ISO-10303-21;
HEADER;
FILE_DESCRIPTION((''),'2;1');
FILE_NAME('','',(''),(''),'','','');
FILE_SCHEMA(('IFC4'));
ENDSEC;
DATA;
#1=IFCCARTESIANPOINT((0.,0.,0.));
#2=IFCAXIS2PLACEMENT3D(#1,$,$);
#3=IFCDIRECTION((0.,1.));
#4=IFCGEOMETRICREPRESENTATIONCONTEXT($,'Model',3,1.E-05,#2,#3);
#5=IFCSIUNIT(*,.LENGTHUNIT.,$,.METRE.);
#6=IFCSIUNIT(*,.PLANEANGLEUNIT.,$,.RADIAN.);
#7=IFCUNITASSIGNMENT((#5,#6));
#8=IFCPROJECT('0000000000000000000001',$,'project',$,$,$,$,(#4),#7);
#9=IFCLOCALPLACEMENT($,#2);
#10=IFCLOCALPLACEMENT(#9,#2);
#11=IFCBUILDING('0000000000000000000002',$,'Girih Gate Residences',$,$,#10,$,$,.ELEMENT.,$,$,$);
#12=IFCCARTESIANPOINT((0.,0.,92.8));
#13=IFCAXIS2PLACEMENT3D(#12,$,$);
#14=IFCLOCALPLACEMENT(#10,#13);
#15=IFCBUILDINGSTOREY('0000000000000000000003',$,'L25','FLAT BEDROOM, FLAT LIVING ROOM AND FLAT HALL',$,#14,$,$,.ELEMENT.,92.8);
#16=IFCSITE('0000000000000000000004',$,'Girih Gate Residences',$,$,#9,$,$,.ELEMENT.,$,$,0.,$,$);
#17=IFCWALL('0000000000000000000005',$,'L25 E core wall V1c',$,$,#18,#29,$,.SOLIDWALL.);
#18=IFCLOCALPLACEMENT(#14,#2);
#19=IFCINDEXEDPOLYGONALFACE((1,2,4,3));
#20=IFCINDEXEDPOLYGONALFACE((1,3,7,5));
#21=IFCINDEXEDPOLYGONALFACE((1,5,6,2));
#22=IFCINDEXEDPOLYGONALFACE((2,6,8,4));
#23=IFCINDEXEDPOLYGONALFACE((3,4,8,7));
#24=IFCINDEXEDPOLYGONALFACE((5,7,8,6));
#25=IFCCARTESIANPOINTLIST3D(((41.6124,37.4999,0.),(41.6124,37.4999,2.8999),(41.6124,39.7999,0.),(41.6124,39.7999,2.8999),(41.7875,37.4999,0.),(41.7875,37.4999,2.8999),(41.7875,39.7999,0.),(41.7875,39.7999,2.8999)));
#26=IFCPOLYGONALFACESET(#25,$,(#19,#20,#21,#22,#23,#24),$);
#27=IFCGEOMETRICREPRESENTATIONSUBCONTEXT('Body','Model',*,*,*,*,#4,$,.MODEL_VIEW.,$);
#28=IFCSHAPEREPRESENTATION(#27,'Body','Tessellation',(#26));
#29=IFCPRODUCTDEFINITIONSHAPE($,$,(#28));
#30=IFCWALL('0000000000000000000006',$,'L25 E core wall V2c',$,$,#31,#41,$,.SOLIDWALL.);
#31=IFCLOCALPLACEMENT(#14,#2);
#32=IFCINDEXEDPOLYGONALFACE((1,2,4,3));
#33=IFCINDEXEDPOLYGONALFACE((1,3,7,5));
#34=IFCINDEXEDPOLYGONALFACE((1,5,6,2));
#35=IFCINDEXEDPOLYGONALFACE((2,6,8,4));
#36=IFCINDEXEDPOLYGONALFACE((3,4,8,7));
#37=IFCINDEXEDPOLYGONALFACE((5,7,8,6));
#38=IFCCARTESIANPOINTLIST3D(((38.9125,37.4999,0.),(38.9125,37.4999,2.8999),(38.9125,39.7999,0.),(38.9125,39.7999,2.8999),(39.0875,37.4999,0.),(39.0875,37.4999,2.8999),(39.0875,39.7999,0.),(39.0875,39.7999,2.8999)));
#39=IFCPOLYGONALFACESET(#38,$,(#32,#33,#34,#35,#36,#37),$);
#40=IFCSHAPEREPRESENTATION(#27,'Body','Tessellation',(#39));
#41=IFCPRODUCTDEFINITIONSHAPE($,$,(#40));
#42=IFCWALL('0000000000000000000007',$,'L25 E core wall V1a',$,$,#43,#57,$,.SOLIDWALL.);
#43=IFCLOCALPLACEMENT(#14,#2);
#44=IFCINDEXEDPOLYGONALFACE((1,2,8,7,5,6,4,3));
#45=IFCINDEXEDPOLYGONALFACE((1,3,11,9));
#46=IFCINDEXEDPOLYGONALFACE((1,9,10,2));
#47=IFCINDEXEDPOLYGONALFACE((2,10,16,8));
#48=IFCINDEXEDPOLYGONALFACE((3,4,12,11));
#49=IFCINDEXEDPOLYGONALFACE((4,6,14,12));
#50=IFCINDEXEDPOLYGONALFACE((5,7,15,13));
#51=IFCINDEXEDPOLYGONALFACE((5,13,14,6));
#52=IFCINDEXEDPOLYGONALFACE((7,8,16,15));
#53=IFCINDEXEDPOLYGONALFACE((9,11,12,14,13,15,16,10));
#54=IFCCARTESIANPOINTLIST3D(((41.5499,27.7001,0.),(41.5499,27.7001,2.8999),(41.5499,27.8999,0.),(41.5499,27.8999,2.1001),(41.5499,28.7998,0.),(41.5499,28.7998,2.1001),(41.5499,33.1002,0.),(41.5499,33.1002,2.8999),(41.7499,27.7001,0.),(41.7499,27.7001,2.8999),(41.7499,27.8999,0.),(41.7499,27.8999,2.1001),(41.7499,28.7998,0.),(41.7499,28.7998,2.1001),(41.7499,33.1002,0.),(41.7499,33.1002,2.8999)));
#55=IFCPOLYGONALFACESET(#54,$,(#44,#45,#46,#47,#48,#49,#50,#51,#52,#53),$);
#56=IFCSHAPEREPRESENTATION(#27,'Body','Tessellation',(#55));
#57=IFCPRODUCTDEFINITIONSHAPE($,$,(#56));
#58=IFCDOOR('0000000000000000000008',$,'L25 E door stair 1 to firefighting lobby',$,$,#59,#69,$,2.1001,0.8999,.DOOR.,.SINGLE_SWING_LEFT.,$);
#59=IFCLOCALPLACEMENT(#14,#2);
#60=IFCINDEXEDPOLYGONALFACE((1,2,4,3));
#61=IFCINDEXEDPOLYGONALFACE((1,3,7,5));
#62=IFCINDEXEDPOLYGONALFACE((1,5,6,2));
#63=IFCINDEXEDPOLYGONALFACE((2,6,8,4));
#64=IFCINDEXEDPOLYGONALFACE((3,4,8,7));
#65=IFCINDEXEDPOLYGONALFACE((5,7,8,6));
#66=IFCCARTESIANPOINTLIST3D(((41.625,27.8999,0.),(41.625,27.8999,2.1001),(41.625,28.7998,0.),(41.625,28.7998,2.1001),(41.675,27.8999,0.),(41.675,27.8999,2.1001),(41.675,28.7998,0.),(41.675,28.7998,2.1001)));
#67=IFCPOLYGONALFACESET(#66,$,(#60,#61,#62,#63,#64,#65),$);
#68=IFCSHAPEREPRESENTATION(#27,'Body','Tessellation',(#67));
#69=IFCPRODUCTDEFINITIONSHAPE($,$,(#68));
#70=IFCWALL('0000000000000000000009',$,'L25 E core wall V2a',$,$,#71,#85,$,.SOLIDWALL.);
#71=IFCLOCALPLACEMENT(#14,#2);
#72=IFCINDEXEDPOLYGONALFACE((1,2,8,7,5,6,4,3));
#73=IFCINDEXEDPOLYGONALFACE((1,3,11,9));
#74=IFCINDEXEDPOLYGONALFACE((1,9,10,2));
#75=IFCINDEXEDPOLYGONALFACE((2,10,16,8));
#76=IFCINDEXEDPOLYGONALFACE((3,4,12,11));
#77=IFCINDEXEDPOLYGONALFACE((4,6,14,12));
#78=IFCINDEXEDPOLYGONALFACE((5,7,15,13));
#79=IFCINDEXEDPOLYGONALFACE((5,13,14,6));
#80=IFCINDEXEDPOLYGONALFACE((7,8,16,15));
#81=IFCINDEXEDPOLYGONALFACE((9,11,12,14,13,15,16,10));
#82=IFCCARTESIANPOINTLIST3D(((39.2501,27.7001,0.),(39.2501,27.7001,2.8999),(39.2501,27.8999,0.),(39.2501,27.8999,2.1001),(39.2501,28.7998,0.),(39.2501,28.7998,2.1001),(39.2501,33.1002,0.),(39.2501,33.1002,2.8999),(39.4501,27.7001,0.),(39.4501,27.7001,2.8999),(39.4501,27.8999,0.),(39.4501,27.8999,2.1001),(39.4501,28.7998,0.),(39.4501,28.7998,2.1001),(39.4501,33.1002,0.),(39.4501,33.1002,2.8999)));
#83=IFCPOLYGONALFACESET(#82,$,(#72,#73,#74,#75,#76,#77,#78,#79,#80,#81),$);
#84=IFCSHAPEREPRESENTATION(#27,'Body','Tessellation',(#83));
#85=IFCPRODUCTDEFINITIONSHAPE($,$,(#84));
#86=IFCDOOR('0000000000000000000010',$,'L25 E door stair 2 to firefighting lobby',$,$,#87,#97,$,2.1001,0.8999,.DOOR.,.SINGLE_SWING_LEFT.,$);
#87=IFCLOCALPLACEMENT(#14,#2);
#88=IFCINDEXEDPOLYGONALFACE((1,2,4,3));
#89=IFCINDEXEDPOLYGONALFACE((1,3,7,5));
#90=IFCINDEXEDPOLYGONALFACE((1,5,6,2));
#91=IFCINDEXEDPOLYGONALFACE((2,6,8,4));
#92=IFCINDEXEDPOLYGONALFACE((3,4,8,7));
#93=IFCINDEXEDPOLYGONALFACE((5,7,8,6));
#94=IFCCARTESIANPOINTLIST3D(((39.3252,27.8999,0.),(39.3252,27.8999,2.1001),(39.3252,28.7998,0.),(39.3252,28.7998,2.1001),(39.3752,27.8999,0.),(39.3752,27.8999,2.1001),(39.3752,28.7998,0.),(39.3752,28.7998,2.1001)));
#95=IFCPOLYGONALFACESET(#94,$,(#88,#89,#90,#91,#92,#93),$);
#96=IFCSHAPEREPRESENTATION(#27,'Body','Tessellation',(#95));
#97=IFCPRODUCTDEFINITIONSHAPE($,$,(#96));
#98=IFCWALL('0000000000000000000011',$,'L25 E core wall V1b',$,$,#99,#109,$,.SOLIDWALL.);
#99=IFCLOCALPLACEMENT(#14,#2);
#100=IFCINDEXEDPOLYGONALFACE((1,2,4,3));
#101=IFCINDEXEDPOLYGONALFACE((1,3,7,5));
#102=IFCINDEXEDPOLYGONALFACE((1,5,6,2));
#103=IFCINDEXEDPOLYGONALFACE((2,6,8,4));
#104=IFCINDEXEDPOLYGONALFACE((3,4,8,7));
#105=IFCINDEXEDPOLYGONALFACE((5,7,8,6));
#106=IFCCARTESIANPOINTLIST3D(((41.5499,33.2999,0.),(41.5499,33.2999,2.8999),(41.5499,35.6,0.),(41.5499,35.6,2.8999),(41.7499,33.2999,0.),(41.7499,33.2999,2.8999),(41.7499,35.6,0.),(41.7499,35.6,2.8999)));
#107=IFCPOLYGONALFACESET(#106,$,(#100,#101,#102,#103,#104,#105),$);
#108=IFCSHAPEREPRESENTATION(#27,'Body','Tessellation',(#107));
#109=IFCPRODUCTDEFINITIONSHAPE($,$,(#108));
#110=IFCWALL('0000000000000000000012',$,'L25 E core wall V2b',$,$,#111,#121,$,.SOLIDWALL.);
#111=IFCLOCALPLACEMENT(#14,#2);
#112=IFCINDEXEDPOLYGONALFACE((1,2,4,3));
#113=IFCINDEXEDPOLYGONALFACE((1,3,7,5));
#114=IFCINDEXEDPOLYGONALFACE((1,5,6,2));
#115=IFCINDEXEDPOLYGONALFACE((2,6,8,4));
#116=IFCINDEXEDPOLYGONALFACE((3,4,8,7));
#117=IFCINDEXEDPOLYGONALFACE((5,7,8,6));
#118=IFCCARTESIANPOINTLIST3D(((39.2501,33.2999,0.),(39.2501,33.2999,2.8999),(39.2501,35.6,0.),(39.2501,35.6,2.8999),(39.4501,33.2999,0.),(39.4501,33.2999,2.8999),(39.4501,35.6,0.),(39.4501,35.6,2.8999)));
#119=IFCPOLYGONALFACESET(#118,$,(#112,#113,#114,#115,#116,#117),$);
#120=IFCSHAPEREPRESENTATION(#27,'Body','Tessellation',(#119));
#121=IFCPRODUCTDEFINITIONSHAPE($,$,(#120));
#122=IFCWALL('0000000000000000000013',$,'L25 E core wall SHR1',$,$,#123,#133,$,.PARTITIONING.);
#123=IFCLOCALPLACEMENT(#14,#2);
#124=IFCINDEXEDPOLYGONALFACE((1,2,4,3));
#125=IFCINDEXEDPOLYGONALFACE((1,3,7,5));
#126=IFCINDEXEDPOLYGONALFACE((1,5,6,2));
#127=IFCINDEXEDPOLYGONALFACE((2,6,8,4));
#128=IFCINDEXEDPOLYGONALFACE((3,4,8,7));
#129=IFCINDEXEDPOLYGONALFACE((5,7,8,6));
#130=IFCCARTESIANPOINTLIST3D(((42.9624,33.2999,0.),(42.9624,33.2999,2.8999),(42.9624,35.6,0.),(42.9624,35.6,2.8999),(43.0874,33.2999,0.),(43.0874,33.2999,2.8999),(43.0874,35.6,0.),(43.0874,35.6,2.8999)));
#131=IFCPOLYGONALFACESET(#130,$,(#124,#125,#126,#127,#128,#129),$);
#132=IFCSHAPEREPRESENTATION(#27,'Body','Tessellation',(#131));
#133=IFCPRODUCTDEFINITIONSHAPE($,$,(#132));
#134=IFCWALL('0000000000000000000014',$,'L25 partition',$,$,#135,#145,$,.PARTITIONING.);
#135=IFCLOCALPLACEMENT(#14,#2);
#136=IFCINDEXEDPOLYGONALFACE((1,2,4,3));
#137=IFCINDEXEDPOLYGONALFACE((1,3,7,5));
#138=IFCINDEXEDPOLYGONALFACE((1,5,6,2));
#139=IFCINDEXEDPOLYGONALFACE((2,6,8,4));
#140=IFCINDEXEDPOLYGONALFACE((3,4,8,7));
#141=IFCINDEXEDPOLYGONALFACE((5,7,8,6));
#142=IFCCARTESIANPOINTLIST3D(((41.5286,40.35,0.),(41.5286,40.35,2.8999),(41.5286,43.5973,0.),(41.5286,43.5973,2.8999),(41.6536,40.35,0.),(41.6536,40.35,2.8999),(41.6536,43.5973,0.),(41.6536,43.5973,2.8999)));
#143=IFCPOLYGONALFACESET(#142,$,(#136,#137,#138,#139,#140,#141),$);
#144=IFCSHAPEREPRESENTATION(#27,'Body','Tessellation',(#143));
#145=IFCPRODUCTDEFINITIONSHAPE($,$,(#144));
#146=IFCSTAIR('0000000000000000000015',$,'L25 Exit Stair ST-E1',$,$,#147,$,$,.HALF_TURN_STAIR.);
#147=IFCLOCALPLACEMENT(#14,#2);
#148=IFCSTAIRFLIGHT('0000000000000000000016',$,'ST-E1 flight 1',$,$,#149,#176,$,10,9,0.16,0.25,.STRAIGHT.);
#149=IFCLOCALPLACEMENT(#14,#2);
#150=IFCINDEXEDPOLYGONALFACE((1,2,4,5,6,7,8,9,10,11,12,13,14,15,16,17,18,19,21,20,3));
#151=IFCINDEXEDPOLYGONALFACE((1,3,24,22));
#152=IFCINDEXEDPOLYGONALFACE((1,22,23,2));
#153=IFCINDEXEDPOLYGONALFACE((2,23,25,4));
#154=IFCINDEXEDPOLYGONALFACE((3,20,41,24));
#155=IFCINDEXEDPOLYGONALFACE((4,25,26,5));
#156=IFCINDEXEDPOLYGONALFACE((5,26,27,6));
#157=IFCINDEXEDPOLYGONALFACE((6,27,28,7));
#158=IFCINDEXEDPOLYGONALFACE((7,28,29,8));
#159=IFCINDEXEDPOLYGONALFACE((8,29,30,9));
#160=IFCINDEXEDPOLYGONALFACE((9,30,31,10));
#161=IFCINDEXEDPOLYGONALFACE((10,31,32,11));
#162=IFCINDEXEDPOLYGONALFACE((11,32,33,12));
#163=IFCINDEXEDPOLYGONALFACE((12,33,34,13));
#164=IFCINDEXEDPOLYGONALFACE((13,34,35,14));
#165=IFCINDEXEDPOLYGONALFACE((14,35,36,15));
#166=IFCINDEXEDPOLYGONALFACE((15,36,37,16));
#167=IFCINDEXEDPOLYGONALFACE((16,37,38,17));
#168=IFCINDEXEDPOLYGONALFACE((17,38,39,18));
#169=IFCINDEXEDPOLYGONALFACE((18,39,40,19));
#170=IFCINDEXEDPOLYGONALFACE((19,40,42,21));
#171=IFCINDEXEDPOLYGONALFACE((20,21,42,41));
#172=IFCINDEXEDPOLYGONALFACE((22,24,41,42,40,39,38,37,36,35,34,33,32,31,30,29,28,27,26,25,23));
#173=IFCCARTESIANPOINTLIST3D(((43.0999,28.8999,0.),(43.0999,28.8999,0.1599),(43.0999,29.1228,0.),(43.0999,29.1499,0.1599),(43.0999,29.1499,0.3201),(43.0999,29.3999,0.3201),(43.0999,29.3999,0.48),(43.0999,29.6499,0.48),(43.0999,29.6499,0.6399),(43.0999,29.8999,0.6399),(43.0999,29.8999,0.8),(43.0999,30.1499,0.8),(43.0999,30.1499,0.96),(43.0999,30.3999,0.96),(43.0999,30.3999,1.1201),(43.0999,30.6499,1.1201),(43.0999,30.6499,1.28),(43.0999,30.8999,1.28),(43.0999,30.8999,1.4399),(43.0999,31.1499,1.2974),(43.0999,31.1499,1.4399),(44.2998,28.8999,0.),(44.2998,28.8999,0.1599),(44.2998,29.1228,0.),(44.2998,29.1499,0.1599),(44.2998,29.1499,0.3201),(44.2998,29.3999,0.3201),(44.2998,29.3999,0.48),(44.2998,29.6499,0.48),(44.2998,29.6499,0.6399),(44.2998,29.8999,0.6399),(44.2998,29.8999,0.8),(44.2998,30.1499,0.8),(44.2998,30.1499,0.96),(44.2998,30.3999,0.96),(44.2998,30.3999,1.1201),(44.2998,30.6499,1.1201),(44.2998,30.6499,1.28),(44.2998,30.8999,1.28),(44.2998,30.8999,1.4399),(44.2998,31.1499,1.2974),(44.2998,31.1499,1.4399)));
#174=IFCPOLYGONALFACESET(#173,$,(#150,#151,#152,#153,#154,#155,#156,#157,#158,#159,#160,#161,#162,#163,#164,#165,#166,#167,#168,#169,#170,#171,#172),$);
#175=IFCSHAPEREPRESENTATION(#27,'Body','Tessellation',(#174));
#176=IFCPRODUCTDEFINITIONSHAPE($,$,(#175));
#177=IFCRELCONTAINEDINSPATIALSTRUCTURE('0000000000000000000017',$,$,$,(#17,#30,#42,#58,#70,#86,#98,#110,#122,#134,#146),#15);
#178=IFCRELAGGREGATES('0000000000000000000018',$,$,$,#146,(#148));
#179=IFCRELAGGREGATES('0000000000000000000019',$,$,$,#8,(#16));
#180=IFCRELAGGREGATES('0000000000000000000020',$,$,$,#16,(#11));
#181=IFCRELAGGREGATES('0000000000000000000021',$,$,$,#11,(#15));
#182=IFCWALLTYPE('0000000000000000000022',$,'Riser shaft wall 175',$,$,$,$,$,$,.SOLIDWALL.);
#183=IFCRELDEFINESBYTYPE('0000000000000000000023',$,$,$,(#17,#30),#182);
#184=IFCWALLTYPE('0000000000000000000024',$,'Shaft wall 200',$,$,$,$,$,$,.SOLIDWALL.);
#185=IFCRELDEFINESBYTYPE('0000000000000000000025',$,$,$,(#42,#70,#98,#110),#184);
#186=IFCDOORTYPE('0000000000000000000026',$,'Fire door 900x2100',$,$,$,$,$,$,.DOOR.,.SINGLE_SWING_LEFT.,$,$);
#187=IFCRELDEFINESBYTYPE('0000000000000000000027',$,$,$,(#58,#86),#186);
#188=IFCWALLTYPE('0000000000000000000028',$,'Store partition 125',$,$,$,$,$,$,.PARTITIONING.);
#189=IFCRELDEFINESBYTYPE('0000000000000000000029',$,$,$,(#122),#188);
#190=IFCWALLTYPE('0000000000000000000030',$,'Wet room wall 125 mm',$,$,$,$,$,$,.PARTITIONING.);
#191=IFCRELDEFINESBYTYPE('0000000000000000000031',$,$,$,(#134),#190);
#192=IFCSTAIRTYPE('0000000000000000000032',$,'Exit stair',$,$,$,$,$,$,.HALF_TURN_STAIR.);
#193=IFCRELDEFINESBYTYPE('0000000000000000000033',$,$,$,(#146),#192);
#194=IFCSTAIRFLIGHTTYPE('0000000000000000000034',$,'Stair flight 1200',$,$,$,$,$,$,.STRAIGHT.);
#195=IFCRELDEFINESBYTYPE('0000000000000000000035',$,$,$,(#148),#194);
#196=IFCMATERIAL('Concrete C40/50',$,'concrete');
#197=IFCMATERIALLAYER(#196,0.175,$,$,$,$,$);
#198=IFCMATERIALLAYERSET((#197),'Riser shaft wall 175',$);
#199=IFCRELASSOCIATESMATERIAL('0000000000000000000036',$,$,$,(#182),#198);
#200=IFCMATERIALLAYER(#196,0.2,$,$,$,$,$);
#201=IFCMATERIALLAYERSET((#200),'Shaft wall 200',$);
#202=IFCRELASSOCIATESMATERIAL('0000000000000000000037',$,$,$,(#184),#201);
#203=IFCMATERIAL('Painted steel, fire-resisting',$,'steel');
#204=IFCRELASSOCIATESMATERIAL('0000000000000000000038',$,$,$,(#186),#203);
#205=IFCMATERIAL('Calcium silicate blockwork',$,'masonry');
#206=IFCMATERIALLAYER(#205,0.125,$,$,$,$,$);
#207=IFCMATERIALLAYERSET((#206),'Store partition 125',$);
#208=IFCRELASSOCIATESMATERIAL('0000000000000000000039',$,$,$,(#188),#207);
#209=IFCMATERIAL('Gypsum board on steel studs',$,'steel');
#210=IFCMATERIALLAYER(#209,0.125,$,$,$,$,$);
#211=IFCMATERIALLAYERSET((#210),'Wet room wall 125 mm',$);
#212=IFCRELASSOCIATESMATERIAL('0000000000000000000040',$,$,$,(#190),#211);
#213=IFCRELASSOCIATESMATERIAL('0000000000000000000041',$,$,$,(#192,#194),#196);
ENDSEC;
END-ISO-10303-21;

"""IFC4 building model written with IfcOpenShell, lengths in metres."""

from ifc_helpers import new_model, si_unit, direction, frame, frame_2d, origin, place, context, subcontext, project, spatial, polyline, rectangle, outline, extrude, material, layer, layer_set, type_object, element, fill, aggregate, save


model = new_model("IFC4")

# Units and contexts
model_context = context("Model", 3, precision=1e-05, world=origin(), true_north=direction((0.0, 1.0)))
body_context = subcontext(model_context, "Body", "Model", "MODEL_VIEW")
ifc_project = project(units=[si_unit("LENGTHUNIT", "METRE"), si_unit("PLANEANGLEUNIT", "RADIAN")], contexts=[model_context])

# Site, building, storey
site_placement = place(None, origin())
site = spatial("IfcSite", under=ifc_project, at=site_placement, Name="Girih Gate Residences", CompositionType="ELEMENT", RefElevation=0.0)
building_placement = place(site_placement, origin())
building = spatial("IfcBuilding", under=site, at=building_placement, Name="Girih Gate Residences", CompositionType="ELEMENT")
storey_placement = place(building_placement, frame((0.0, 0.0, 92.8)))
storey = spatial("IfcBuildingStorey", under=building, at=storey_placement, Name="L25", Description="FLAT BEDROOM, FLAT LIVING ROOM AND FLAT HALL", CompositionType="ELEMENT", Elevation=92.8)

# Shared definitions
ifc_material_1 = material(Name="Gypsum board on steel studs", Category="steel")

# Walls
ifc_material_2 = material(Name="Concrete C40/50", Category="concrete")
ifc_layer_1 = layer(ifc_material_2, 0.175)
ifc_layer_set_1 = layer_set([ifc_layer_1], Name="Riser shaft wall 175")
wall_type_1 = type_object("IfcWallType", Name="Riser shaft wall 175", PredefinedType="SOLIDWALL", material=ifc_layer_set_1)
for number, where, z_axis, x_axis, name in (
    (1, (41.7, 37.5, 0.0), (0.0, 0.0, 1.0), (0.0, 1.0, 0.0), "L25 E core wall V1c"),
    (2, (39.0, 37.5, 0.0), (0.0, 0.0, 1.0), (0.0, 1.0, 0.0), "L25 E core wall V2c"),
):
    element("IfcWall", number, at=place(storey_placement, frame(where, z_axis=z_axis, x_axis=x_axis)), inside=storey, type_object=wall_type_1, Name=name, PredefinedType="SOLIDWALL", context=body_context, shape_type="SweptSolid", body=[
        extrude(rectangle(XDim=2.3, YDim=0.175, at=frame_2d((1.1499, 0.0))), origin(), (0.0, 0.0, 1.0), 2.8999),
    ])

# Walls, openings, doors
ifc_layer_2 = layer(ifc_material_2, 0.2)
ifc_layer_set_2 = layer_set([ifc_layer_2], Name="Shaft wall 200")
wall_type_2 = type_object("IfcWallType", Name="Shaft wall 200", PredefinedType="SOLIDWALL", material=ifc_layer_set_2)
wall_1_placement = place(storey_placement, frame((41.6499, 27.7, 0.0), z_axis=(0.0, 0.0, 1.0), x_axis=(0.0, 1.0, 0.0)))
wall_1 = element("IfcWall", 3, at=wall_1_placement, inside=storey, type_object=wall_type_2, Name="L25 E core wall V1a", PredefinedType="SOLIDWALL", context=body_context, shape_type="SweptSolid", body=[
    extrude(rectangle(XDim=5.4001, YDim=0.2, at=frame_2d((2.7002, 0.0))), origin(), (0.0, 0.0, 1.0), 2.8999),
])
opening_1_placement = place(wall_1_placement, frame((0.2, 0.0, 0.0)))
opening_1 = element("IfcOpeningElement", 4, at=opening_1_placement, cuts=wall_1, PredefinedType="OPENING", context=body_context, shape_type="SweptSolid", body=[
    extrude(rectangle(XDim=0.8999, YDim=2.1001, at=frame_2d((0.45, 1.05))), frame((0.0, 0.1099, 0.0), z_axis=(0.0, -1.0, 0.0), x_axis=(1.0, 0.0, 0.0)), (0.0, 0.0, 1.0), 0.22),
])
ifc_material_3 = material(Name="Painted steel, fire-resisting", Category="steel")
door_type = type_object("IfcDoorType", Name="Fire door 900x2100", OperationType="SINGLE_SWING_LEFT", PredefinedType="DOOR", material=ifc_material_3)
door_1_placement = place(opening_1_placement, origin())
door_1 = element("IfcDoor", 5, at=door_1_placement, inside=storey, type_object=door_type, Name="L25 E door stair 1 to firefighting lobby", OperationType="SINGLE_SWING_LEFT", OverallHeight=2.1001, OverallWidth=0.8999, PredefinedType="DOOR", context=body_context, shape_type="SweptSolid", body=[
    extrude(rectangle(XDim=0.8999, YDim=2.1001, at=frame_2d((0.45, 1.05))), frame((0.0, 0.0249, 0.0), z_axis=(0.0, -1.0, 0.0), x_axis=(1.0, 0.0, 0.0)), (0.0, 0.0, 1.0), 0.05),
])
fill(opening_1, door_1)
wall_2_placement = place(storey_placement, frame((39.3501, 27.7, 0.0), z_axis=(0.0, 0.0, 1.0), x_axis=(0.0, 1.0, 0.0)))
wall_2 = element("IfcWall", 6, at=wall_2_placement, inside=storey, type_object=wall_type_2, Name="L25 E core wall V2a", PredefinedType="SOLIDWALL", context=body_context, shape_type="SweptSolid", body=[
    extrude(rectangle(XDim=5.4001, YDim=0.2, at=frame_2d((2.7002, 0.0))), origin(), (0.0, 0.0, 1.0), 2.8999),
])
opening_2_placement = place(wall_2_placement, frame((0.2, 0.0, 0.0)))
opening_2 = element("IfcOpeningElement", 7, at=opening_2_placement, cuts=wall_2, PredefinedType="OPENING", context=body_context, shape_type="SweptSolid", body=[
    extrude(rectangle(XDim=0.8999, YDim=2.1001, at=frame_2d((0.45, 1.05))), frame((0.0, 0.1099, 0.0), z_axis=(0.0, -1.0, 0.0), x_axis=(1.0, 0.0, 0.0)), (0.0, 0.0, 1.0), 0.22),
])
door_2_placement = place(opening_2_placement, origin())
door_2 = element("IfcDoor", 8, at=door_2_placement, inside=storey, type_object=door_type, Name="L25 E door stair 2 to firefighting lobby", OperationType="SINGLE_SWING_LEFT", OverallHeight=2.1001, OverallWidth=0.8999, PredefinedType="DOOR", context=body_context, shape_type="SweptSolid", body=[
    extrude(rectangle(XDim=0.8999, YDim=2.1001, at=frame_2d((0.45, 1.05))), frame((0.0, 0.0249, 0.0), z_axis=(0.0, -1.0, 0.0), x_axis=(1.0, 0.0, 0.0)), (0.0, 0.0, 1.0), 0.05),
])
fill(opening_2, door_2)

# Walls
for number, where, z_axis, x_axis, name in (
    (9, (41.6499, 33.3, 0.0), (0.0, 0.0, 1.0), (0.0, 1.0, 0.0), "L25 E core wall V1b"),
    (10, (39.3501, 33.3, 0.0), (0.0, 0.0, 1.0), (0.0, 1.0, 0.0), "L25 E core wall V2b"),
):
    element("IfcWall", number, at=place(storey_placement, frame(where, z_axis=z_axis, x_axis=x_axis)), inside=storey, type_object=wall_type_2, Name=name, PredefinedType="SOLIDWALL", context=body_context, shape_type="SweptSolid", body=[
        extrude(rectangle(XDim=2.3, YDim=0.2, at=frame_2d((1.1499, 0.0))), origin(), (0.0, 0.0, 1.0), 2.8999),
    ])
ifc_material_4 = material(Name="Calcium silicate blockwork", Category="masonry")
ifc_layer_3 = layer(ifc_material_4, 0.125)
ifc_layer_set_3 = layer_set([ifc_layer_3], Name="Store partition 125")
wall_type_3 = type_object("IfcWallType", Name="Store partition 125", PredefinedType="PARTITIONING", material=ifc_layer_set_3)
wall_3_placement = place(storey_placement, frame((43.0249, 33.3, 0.0), z_axis=(0.0, 0.0, 1.0), x_axis=(0.0, 1.0, 0.0)))
element("IfcWall", 11, at=wall_3_placement, inside=storey, type_object=wall_type_3, Name="L25 E core wall SHR1", PredefinedType="PARTITIONING", context=body_context, shape_type="SweptSolid", body=[
    extrude(rectangle(XDim=2.3, YDim=0.125, at=frame_2d((1.1499, 0.0))), origin(), (0.0, 0.0, 1.0), 2.8999),
])
ifc_layer_4 = layer(ifc_material_1, 0.125)
ifc_layer_set_4 = layer_set([ifc_layer_4], Name="Wet room wall 125 mm")
wall_type_4 = type_object("IfcWallType", Name="Wet room wall 125 mm", PredefinedType="PARTITIONING", material=ifc_layer_set_4)
wall_4_placement = place(storey_placement, frame((41.5911, 40.3501, 0.0), z_axis=(0.0, 0.0, 1.0), x_axis=(0.0, 1.0, 0.0)))
element("IfcWall", 12, at=wall_4_placement, inside=storey, type_object=wall_type_4, Name="L25 partition", PredefinedType="PARTITIONING", context=body_context, shape_type="SweptSolid", body=[
    extrude(rectangle(XDim=3.2473, YDim=0.125, at=frame_2d((1.6235, 0.0))), origin(), (0.0, 0.0, 1.0), 2.8999),
])

# Stair, stair flight
stair_type = type_object("IfcStairType", Name="Exit stair", PredefinedType="HALF_TURN_STAIR", material=ifc_material_2)
stair_placement = place(storey_placement, origin())
stair = element("IfcStair", 13, at=stair_placement, inside=storey, type_object=stair_type, Name="L25 Exit Stair ST-E1", PredefinedType="HALF_TURN_STAIR")
stair_flight_type = type_object("IfcStairFlightType", Name="Stair flight 1200", PredefinedType="STRAIGHT", material=ifc_material_2)
stair_flight_1_placement = place(storey_placement, frame((43.7, 28.8999, 0.0), z_axis=(0.0, 0.0, 1.0), x_axis=(0.0, 1.0, 0.0)))
stair_flight_1 = element("IfcStairFlight", 14, at=stair_flight_1_placement, type_object=stair_flight_type, Name="ST-E1 flight 1", NumberOfRisers=10, NumberOfTreads=9, PredefinedType="STRAIGHT", RiserHeight=0.16, TreadLength=0.25, context=body_context, shape_type="SweptSolid", body=[
    extrude(outline(polyline([(0.0, 0.0), (0.0, 0.1599), (0.25, 0.1599), (0.25, 0.3201), (0.5, 0.3201), (0.5, 0.48), (0.75, 0.48), (0.75, 0.6399), (1.0, 0.6399), (1.0, 0.8), (1.25, 0.8), (1.25, 0.96), (1.5, 0.96), (1.5, 1.1201), (1.75, 1.1201), (1.75, 1.28), (2.0, 1.28), (2.0, 1.4399), (2.25, 1.4399), (2.25, 1.6001), (2.25, 1.2974), (0.2229, 0.0), (0.0, 0.0)])), frame((0.0, 0.6001, 0.0), z_axis=(0.0, -1.0, 0.0), x_axis=(1.0, 0.0, 0.0)), (0.0, 0.0, 1.0), 1.2),
])
aggregate(stair, [stair_flight_1])

save(model, "model.ifc")
